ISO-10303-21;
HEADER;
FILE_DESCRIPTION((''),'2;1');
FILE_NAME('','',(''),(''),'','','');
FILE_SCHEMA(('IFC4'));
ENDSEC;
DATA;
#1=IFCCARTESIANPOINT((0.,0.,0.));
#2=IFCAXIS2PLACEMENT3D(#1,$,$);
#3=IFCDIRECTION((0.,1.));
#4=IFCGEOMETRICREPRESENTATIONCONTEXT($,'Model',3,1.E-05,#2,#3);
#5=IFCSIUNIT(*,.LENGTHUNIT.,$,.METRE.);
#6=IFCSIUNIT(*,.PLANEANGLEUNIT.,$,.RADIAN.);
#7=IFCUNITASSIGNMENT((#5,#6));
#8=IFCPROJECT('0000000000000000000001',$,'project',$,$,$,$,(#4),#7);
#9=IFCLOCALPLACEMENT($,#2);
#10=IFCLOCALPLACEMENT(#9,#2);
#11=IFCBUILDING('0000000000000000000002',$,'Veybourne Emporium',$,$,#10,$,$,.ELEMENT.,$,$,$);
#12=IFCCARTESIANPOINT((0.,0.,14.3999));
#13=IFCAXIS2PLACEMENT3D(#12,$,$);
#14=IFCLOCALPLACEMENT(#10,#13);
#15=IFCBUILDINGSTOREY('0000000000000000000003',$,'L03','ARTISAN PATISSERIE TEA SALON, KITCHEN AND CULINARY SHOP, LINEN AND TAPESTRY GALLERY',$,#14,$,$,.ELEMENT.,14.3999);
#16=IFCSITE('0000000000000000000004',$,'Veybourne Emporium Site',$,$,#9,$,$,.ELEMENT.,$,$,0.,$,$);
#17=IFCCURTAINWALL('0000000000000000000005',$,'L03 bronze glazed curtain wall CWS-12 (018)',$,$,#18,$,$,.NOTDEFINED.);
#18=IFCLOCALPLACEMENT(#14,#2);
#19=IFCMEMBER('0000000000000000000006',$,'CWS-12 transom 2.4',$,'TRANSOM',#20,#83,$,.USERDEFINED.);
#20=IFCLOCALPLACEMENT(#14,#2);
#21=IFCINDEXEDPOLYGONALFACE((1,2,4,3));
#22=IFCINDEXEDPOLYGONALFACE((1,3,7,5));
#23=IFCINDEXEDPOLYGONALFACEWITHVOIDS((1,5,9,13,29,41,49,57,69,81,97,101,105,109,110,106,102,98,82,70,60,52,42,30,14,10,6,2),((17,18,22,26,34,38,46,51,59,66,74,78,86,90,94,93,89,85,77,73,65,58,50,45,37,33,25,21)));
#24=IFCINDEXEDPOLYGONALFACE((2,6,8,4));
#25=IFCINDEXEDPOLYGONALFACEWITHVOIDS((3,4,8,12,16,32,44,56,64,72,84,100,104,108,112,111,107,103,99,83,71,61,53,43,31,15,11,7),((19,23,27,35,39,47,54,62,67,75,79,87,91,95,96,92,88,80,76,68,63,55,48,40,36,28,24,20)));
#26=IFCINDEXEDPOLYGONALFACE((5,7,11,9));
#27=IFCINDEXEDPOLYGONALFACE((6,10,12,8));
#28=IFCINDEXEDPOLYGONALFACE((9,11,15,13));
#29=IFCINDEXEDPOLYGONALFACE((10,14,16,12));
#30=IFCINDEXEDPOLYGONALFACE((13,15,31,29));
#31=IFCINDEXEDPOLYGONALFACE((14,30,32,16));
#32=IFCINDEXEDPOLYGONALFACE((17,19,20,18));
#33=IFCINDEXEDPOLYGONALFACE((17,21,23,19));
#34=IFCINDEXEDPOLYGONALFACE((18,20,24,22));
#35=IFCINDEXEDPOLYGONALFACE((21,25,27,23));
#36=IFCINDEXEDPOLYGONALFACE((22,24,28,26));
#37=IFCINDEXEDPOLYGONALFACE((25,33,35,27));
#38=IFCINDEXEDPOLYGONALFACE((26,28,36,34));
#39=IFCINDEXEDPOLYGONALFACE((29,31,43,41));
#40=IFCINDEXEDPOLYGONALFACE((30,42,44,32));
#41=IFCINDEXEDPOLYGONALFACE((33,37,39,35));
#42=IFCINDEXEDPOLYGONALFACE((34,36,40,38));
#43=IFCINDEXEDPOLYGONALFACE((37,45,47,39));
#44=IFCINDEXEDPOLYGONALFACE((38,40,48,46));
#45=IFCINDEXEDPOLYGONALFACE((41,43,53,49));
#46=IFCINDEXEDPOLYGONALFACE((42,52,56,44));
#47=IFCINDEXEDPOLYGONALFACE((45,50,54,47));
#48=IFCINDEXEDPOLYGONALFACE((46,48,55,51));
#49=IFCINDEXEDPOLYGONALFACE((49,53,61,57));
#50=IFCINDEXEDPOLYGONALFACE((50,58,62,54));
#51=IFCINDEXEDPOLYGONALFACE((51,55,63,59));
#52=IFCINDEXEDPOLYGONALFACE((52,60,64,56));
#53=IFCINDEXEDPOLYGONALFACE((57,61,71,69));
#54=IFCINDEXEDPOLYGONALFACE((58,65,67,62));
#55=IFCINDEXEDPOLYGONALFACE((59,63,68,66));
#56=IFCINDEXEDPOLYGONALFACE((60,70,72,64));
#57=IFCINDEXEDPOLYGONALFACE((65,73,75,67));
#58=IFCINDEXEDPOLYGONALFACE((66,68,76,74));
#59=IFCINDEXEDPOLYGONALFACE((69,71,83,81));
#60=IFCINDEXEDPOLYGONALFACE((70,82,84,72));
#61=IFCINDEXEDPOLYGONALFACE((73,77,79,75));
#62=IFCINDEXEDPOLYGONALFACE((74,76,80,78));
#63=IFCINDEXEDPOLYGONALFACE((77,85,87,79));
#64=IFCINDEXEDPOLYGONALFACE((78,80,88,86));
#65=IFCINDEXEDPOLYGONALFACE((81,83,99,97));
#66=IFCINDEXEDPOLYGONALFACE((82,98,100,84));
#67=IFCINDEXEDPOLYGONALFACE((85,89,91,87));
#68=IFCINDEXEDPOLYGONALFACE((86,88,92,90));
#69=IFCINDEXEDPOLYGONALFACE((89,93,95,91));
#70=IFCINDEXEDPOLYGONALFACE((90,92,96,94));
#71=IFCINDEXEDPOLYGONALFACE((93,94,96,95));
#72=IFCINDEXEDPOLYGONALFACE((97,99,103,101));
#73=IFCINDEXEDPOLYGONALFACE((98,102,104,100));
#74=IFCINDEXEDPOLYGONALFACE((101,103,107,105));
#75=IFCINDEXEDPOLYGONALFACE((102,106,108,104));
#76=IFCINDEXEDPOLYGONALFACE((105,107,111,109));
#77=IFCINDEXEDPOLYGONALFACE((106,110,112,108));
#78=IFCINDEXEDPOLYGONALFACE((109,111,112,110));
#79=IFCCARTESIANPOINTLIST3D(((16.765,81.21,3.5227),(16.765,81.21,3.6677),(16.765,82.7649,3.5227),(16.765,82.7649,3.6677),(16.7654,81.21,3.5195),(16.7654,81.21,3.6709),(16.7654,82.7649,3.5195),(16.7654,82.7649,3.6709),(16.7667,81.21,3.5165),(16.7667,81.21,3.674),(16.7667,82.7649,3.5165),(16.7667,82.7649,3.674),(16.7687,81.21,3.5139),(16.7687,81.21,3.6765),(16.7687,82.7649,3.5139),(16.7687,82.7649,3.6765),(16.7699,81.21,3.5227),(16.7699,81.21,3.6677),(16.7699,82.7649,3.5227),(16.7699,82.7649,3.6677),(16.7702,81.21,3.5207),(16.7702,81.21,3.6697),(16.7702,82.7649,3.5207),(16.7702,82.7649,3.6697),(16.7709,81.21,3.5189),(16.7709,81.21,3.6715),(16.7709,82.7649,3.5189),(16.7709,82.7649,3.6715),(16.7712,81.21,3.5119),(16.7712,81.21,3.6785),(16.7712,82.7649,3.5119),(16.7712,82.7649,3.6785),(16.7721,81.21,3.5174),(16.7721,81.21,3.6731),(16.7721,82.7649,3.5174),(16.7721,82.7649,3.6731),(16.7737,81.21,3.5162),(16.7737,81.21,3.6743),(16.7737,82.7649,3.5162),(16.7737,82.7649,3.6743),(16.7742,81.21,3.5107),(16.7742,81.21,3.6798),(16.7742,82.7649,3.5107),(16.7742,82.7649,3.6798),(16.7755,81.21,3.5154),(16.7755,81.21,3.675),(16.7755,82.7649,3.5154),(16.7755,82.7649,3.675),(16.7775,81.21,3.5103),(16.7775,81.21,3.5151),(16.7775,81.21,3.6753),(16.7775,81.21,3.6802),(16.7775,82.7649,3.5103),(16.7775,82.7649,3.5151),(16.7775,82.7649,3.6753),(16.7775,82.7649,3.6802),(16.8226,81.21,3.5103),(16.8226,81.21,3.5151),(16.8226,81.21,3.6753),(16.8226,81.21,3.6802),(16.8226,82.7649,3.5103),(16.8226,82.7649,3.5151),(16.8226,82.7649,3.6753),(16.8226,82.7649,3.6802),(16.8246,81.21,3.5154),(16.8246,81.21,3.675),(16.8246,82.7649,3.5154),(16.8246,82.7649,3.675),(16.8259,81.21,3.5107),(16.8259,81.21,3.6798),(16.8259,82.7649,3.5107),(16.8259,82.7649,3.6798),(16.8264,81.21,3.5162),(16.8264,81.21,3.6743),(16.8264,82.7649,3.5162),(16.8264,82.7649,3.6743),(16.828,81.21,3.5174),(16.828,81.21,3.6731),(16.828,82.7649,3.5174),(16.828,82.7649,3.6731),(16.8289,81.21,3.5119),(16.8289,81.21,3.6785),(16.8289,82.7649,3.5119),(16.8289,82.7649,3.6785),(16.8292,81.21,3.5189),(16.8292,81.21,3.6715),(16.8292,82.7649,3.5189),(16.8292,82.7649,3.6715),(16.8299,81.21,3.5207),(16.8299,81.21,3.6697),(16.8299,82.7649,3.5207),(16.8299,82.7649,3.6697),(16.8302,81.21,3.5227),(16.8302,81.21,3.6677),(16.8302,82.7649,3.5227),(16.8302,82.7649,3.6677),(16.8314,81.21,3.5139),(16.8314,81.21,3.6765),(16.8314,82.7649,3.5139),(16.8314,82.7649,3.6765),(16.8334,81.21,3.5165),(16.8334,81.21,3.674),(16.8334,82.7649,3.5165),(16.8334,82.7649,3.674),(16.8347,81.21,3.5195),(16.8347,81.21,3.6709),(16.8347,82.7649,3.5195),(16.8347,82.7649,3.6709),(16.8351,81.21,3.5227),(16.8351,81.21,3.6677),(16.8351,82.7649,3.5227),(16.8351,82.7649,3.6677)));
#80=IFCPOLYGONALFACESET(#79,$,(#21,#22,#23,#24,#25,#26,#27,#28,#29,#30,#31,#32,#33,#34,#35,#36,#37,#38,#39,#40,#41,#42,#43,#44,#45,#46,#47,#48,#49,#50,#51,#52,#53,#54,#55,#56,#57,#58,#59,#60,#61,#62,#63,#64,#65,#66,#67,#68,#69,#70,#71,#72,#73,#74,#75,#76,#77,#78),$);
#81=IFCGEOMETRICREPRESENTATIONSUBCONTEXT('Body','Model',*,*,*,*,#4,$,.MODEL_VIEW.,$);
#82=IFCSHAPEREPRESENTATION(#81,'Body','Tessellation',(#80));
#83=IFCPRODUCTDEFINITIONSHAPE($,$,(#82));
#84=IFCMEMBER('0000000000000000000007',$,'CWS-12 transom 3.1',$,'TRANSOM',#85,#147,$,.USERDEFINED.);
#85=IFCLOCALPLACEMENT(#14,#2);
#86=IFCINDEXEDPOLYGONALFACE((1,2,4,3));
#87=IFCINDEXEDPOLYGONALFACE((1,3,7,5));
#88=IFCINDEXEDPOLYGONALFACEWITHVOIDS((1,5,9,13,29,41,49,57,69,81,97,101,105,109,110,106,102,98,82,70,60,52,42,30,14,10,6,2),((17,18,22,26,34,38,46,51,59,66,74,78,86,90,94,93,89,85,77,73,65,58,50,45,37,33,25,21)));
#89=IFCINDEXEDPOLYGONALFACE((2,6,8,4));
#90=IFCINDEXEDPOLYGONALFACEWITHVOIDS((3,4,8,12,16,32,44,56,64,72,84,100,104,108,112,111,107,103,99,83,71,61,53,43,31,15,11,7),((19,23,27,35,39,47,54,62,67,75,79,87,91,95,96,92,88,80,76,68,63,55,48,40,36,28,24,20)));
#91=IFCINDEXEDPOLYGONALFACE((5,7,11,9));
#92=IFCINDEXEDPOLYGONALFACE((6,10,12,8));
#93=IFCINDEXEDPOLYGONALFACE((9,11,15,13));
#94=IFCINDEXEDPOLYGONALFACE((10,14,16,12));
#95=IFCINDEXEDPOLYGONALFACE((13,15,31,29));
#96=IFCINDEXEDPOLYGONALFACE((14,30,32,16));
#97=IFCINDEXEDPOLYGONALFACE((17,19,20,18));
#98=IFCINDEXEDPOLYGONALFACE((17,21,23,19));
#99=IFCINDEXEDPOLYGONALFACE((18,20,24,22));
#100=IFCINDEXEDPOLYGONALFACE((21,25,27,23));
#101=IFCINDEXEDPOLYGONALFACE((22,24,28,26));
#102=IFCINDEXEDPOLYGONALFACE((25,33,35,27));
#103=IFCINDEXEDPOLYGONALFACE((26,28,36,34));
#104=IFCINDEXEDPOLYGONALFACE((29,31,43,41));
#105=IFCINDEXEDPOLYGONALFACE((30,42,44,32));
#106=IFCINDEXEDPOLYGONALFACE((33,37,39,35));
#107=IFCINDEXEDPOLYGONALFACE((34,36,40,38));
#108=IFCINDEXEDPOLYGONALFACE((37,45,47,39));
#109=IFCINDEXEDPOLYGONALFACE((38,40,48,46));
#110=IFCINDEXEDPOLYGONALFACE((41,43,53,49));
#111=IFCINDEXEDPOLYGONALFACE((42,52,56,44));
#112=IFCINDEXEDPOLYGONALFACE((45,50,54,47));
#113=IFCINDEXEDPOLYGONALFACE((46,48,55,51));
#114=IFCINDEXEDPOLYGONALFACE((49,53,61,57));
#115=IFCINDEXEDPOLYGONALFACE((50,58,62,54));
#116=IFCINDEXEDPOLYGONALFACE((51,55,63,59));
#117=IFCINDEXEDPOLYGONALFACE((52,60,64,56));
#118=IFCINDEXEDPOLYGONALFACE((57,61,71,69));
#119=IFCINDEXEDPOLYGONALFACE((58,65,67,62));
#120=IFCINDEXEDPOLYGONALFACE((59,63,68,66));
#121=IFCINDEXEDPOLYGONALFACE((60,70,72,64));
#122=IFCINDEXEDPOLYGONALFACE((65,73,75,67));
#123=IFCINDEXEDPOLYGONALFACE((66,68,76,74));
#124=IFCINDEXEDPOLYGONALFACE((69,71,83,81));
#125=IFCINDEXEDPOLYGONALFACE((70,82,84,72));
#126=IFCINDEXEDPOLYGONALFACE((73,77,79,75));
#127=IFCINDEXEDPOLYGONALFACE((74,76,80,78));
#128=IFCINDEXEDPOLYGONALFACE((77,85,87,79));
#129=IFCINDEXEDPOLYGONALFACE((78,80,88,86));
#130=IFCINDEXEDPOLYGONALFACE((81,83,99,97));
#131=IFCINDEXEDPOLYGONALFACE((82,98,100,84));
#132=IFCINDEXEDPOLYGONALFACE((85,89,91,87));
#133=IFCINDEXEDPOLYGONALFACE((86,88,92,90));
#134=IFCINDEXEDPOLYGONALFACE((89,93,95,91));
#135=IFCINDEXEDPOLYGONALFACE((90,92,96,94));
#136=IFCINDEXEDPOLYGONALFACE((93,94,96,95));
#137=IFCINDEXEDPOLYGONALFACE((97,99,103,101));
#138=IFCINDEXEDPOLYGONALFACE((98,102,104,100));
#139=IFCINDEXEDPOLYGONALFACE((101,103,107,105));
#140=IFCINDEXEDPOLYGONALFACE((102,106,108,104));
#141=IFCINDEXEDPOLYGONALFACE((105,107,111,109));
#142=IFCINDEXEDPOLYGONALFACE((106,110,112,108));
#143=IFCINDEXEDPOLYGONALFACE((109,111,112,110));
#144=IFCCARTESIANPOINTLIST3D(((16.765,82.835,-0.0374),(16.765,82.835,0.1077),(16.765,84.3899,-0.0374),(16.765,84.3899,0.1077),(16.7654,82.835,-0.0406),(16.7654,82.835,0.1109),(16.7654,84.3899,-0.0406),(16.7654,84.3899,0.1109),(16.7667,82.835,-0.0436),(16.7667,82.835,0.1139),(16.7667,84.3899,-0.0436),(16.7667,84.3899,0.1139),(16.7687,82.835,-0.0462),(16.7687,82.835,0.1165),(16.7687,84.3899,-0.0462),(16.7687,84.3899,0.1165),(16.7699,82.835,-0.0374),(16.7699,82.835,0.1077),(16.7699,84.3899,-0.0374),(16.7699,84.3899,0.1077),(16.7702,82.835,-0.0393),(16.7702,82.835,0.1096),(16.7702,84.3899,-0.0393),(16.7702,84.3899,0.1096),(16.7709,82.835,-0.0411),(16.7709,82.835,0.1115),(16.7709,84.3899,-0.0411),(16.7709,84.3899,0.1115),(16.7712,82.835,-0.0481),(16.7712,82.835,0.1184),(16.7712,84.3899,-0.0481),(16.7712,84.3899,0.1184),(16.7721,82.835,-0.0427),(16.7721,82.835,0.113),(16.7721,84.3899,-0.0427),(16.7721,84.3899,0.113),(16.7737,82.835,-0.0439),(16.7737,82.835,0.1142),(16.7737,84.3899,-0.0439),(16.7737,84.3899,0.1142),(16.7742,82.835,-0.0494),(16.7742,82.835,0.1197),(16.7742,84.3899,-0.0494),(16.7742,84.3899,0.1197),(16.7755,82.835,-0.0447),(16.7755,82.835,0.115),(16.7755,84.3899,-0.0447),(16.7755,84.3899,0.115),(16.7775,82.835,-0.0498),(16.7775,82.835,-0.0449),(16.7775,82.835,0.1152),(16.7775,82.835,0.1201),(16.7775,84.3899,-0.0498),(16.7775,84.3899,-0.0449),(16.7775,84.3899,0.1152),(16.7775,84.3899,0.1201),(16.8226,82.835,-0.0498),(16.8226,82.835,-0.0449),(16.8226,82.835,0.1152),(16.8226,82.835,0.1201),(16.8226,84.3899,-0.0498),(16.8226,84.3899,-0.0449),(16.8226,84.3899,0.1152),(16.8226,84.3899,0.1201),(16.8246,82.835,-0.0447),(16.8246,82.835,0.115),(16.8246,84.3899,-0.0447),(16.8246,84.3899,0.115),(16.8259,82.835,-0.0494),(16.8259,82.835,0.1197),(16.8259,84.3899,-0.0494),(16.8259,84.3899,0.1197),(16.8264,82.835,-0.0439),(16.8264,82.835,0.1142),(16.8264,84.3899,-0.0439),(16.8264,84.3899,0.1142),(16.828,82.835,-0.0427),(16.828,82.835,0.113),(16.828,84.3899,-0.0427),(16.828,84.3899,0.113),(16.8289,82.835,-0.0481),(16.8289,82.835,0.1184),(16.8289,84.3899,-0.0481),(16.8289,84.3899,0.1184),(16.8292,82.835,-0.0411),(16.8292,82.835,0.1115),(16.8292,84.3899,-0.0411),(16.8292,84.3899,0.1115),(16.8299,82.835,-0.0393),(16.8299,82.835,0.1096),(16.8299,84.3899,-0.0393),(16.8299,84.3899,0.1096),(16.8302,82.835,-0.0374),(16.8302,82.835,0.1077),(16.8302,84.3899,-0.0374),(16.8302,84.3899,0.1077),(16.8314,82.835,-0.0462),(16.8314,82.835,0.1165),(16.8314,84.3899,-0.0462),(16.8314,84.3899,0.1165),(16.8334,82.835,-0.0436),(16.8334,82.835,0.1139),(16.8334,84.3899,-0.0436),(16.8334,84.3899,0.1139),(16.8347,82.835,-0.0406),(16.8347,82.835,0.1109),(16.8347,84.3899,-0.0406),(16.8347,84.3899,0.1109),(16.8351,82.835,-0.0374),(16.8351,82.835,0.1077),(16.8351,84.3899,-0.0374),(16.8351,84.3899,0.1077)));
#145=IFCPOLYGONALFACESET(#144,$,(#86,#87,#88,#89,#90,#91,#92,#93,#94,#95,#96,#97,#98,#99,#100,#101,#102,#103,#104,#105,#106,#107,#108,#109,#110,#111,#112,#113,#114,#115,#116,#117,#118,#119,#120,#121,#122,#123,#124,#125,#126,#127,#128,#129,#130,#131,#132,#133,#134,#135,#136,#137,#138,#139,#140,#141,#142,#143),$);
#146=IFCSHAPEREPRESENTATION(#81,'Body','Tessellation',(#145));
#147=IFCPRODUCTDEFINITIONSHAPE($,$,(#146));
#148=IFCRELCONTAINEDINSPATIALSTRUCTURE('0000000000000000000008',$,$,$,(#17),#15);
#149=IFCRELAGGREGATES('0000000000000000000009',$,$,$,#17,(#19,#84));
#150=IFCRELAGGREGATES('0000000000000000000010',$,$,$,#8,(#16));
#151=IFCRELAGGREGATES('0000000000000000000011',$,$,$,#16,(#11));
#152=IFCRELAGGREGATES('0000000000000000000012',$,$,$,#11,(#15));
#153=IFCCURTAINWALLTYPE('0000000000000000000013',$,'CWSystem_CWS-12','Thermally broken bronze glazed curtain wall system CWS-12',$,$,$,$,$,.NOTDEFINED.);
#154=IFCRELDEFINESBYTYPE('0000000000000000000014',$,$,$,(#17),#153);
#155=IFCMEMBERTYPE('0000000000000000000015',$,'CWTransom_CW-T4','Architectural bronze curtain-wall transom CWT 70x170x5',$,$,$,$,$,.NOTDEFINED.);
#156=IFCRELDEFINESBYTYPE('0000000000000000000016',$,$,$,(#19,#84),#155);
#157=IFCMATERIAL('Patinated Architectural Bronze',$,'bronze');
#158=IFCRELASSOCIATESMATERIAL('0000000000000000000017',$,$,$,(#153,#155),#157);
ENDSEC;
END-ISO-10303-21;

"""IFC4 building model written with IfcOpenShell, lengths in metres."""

from ifc_helpers import new_model, si_unit, direction, frame, origin, origin_2d, place, context, subcontext, project, spatial, hollow_rectangle, extrude, material, material_profile, profile_set, type_object, element, aggregate, save


model = new_model("IFC4")

# Units and contexts
model_context = context("Model", 3, precision=1e-05, world=origin(), true_north=direction((0.0, 1.0)))
body_context = subcontext(model_context, "Body", "Model", "MODEL_VIEW")
ifc_project = project(units=[si_unit("LENGTHUNIT", "METRE"), si_unit("PLANEANGLEUNIT", "RADIAN")], contexts=[model_context])

# Site, building, storey
site_placement = place(None, origin())
site = spatial("IfcSite", under=ifc_project, at=site_placement, Name="Veybourne Emporium Site", CompositionType="ELEMENT", RefElevation=0.0)
building_placement = place(site_placement, origin())
building = spatial("IfcBuilding", under=site, at=building_placement, Name="Veybourne Emporium", CompositionType="ELEMENT")
storey_placement = place(building_placement, frame((0.0, 0.0, 14.3999)))
storey = spatial("IfcBuildingStorey", under=building, at=storey_placement, Name="L03", Description="ARTISAN PATISSERIE TEA SALON, KITCHEN AND CULINARY SHOP, LINEN AND TAPESTRY GALLERY", CompositionType="ELEMENT", Elevation=14.3999)

# Curtain wall, members
ifc_material_1 = material(Name="Patinated Architectural Bronze", Category="bronze")
curtain_wall_type = type_object("IfcCurtainWallType", Name="CWSystem_CWS-12", Description="Thermally broken bronze glazed curtain wall system CWS-12", PredefinedType="NOTDEFINED", material=ifc_material_1)
curtain_wall_placement = place(storey_placement, origin())
curtain_wall = element("IfcCurtainWall", 1, at=curtain_wall_placement, inside=storey, type_object=curtain_wall_type, Name="L03 bronze glazed curtain wall CWS-12 (018)", PredefinedType="NOTDEFINED")
ifc_material_profile_1 = material_profile(ifc_material_1, hollow_rectangle(XDim=0.0701, YDim=0.1699, WallThickness=0.0049, InnerFilletRadius=0.0076, OuterFilletRadius=0.0125, at=origin_2d()), Name="CWT 70x170x5")
ifc_profile_set_1 = profile_set([ifc_material_profile_1], Name="Patinated Architectural Bronze")
member_type_1 = type_object("IfcMemberType", Name="CWTransom_CW-T4", Description="Architectural bronze curtain-wall transom CWT 70x170x5", PredefinedType="NOTDEFINED", material=ifc_profile_set_1)
member_1_placement = place(storey_placement, frame((16.8, 81.21, 3.5952), z_axis=(0.0, 1.0, 0.0), x_axis=(-1.0, 0.0, 0.0)))
member_1 = element("IfcMember", 2, at=member_1_placement, type_object=member_type_1, Name="CWS-12 transom 2.4", ObjectType="TRANSOM", PredefinedType="USERDEFINED", context=body_context, shape_type="SweptSolid", body=[
    extrude(hollow_rectangle(XDim=0.0701, YDim=0.1699, WallThickness=0.0049, InnerFilletRadius=0.0076, OuterFilletRadius=0.0125, at=origin_2d()), origin(), (0.0, 0.0, 1.0), 1.5549),
])
member_2_placement = place(storey_placement, frame((16.8, 82.835, 0.0352), z_axis=(0.0, 1.0, 0.0), x_axis=(-1.0, 0.0, 0.0)))
member_2 = element("IfcMember", 3, at=member_2_placement, type_object=member_type_1, Name="CWS-12 transom 3.1", ObjectType="TRANSOM", PredefinedType="USERDEFINED", context=body_context, shape_type="SweptSolid", body=[
    extrude(hollow_rectangle(XDim=0.0701, YDim=0.1699, WallThickness=0.0049, InnerFilletRadius=0.0076, OuterFilletRadius=0.0125, at=origin_2d()), origin(), (0.0, 0.0, 1.0), 1.5549),
])

aggregate(curtain_wall, [member_1, member_2])

save(model, "model.ifc")
